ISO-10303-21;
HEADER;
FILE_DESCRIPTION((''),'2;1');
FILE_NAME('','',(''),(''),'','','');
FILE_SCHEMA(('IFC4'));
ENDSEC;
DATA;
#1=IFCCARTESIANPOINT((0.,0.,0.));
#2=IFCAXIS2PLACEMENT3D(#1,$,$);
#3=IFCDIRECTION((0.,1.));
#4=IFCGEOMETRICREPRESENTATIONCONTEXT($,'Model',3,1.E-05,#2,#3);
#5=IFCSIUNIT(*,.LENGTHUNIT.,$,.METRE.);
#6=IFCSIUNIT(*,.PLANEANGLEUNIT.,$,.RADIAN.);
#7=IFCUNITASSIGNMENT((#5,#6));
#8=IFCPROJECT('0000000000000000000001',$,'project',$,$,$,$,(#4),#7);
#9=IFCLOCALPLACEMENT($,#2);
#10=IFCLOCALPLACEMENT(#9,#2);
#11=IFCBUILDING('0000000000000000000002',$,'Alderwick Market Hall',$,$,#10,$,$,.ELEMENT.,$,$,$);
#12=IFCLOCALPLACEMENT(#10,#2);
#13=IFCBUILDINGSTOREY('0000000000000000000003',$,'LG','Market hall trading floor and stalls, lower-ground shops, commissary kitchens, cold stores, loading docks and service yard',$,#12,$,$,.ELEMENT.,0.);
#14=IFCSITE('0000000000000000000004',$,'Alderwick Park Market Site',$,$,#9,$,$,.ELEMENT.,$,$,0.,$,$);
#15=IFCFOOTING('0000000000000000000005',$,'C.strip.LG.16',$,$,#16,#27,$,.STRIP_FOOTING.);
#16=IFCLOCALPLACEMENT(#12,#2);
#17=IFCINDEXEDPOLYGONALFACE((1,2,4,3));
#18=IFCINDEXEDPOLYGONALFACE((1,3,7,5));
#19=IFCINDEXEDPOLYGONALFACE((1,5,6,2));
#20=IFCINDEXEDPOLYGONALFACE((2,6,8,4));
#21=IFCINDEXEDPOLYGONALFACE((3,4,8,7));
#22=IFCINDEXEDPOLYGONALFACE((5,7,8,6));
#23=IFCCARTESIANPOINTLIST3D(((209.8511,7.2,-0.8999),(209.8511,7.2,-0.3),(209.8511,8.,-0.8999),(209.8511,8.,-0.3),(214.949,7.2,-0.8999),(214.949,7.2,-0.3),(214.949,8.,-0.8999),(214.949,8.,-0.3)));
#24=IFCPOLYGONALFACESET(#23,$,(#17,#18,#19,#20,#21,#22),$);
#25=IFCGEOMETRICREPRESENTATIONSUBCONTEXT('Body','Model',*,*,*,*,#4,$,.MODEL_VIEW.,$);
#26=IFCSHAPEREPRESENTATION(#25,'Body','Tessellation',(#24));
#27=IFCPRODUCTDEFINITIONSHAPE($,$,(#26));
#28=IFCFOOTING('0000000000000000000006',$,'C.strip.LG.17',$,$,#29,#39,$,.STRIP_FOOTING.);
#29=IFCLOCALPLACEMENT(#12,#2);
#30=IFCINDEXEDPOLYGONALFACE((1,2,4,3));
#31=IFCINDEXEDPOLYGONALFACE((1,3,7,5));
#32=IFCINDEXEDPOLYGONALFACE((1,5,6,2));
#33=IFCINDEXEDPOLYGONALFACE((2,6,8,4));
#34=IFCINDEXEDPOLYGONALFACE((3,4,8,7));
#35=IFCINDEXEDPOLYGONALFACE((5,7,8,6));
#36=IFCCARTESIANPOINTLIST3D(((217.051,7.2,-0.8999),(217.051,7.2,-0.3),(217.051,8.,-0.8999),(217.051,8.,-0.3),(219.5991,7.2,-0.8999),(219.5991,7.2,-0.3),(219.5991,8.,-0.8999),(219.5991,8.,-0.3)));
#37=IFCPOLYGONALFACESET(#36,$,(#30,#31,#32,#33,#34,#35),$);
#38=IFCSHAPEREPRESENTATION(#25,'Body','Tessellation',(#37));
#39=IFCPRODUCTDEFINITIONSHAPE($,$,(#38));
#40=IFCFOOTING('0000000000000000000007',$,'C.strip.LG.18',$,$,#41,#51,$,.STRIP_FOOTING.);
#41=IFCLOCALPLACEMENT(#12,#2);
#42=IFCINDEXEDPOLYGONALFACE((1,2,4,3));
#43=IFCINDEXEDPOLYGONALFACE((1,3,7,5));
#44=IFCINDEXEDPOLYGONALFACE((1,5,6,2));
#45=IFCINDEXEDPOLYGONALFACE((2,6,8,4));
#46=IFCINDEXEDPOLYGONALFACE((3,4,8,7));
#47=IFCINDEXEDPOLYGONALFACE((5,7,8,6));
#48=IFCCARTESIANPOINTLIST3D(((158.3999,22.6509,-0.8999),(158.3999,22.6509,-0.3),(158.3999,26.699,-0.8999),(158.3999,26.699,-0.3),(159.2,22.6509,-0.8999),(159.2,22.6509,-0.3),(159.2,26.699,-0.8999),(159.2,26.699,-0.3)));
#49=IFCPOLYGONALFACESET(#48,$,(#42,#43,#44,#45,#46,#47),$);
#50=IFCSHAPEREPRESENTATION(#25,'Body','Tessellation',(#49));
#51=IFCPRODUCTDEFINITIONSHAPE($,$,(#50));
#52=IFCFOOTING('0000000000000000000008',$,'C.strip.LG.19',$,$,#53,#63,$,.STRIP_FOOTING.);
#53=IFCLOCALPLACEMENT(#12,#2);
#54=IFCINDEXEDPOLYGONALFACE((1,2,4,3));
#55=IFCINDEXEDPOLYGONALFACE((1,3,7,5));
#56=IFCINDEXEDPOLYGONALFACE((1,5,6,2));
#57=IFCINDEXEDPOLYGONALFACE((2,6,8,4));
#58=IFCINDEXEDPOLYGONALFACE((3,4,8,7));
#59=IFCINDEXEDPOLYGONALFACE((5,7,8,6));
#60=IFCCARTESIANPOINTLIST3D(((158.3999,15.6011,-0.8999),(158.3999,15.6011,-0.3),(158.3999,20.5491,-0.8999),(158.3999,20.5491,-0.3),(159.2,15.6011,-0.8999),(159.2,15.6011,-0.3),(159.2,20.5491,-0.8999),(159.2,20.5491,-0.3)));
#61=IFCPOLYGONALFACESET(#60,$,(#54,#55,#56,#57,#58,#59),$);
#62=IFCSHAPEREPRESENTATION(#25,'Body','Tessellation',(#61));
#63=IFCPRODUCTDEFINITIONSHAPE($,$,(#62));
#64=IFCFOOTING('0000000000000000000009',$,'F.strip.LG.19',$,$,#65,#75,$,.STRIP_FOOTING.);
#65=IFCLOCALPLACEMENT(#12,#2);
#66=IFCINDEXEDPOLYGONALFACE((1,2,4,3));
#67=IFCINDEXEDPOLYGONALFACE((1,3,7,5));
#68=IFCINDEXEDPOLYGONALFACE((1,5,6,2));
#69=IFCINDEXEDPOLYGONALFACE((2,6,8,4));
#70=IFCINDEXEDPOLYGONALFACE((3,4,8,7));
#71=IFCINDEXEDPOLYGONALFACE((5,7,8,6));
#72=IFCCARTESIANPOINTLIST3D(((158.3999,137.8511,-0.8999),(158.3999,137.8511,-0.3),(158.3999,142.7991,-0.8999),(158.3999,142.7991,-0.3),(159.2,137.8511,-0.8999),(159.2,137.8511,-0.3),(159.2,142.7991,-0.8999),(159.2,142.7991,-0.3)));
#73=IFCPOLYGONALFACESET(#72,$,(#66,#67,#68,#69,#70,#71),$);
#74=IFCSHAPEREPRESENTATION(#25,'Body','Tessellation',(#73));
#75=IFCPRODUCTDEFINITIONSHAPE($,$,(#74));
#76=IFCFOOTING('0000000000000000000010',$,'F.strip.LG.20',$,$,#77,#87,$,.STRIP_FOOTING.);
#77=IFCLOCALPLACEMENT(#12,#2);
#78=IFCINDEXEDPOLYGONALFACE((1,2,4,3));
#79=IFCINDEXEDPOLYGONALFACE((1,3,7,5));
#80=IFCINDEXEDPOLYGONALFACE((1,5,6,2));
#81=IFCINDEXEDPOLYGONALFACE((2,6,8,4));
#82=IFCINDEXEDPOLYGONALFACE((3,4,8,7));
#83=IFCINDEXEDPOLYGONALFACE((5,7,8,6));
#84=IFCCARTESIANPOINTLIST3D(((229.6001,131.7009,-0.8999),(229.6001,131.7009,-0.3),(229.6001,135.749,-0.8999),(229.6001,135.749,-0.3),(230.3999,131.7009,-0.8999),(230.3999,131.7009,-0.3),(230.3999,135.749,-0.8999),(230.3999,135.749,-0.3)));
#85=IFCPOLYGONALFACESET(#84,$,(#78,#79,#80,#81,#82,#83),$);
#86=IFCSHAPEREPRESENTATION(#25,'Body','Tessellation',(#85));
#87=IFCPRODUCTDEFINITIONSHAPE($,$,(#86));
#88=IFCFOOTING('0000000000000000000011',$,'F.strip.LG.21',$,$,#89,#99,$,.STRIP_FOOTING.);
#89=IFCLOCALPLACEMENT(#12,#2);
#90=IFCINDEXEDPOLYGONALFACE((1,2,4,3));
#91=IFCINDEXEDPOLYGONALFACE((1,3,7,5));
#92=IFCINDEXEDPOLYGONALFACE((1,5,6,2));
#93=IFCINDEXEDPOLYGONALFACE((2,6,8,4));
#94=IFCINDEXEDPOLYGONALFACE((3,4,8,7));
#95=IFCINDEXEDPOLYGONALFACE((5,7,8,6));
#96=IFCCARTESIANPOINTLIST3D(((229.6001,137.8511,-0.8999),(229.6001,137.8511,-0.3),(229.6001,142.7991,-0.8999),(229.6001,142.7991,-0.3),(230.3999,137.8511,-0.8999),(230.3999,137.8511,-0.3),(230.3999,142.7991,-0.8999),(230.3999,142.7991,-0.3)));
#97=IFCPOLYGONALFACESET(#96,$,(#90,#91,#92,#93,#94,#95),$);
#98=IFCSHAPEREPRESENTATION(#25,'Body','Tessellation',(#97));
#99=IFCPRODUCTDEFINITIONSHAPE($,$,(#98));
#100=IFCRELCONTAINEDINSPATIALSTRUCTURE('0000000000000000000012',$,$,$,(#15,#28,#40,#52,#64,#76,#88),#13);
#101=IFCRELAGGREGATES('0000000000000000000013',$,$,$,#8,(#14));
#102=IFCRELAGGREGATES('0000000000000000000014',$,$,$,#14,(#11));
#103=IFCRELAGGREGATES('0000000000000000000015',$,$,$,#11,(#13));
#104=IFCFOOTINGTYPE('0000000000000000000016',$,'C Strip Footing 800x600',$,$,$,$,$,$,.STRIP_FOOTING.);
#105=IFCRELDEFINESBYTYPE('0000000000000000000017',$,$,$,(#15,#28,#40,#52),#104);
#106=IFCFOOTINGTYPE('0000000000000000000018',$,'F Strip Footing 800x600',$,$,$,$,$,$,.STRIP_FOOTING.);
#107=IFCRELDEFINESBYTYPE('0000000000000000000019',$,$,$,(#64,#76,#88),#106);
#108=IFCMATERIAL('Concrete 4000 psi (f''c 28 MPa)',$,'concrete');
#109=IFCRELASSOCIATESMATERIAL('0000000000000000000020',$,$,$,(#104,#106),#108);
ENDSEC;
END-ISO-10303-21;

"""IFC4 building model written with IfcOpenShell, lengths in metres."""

from ifc_helpers import new_model, si_unit, direction, frame, origin, place, context, subcontext, project, spatial, polyline, outline, extrude, material, type_object, element, save


model = new_model("IFC4")

# Units and contexts
model_context = context("Model", 3, precision=1e-05, world=origin(), true_north=direction((0.0, 1.0)))
body_context = subcontext(model_context, "Body", "Model", "MODEL_VIEW")
ifc_project = project(units=[si_unit("LENGTHUNIT", "METRE"), si_unit("PLANEANGLEUNIT", "RADIAN")], contexts=[model_context])

# Site, building, storey
site_placement = place(None, origin())
site = spatial("IfcSite", under=ifc_project, at=site_placement, Name="Alderwick Park Market Site", CompositionType="ELEMENT", RefElevation=0.0)
building_placement = place(site_placement, origin())
building = spatial("IfcBuilding", under=site, at=building_placement, Name="Alderwick Market Hall", CompositionType="ELEMENT")
storey_placement = place(building_placement, origin())
storey = spatial("IfcBuildingStorey", under=building, at=storey_placement, Name="LG", Description="Market hall trading floor and stalls, lower-ground shops, commissary kitchens, cold stores, loading docks and service yard", CompositionType="ELEMENT", Elevation=0.0)

# Footings
ifc_material = material(Name="Concrete 4000 psi (f'c 28 MPa)", Category="concrete")
footing_type_1 = type_object("IfcFootingType", Name="C Strip Footing 800x600", PredefinedType="STRIP_FOOTING", material=ifc_material)
footing_1_placement = place(storey_placement, frame((0.0, 0.0, -0.8999)))
element("IfcFooting", 1, at=footing_1_placement, inside=storey, type_object=footing_type_1, Name="C.strip.LG.16", PredefinedType="STRIP_FOOTING", context=body_context, shape_type="SweptSolid", body=[
    extrude(outline(polyline([(209.8511, 7.2), (214.949, 7.2), (214.949, 8.0), (209.8511, 8.0), (209.8511, 7.2)])), origin(), (0.0, 0.0, 1.0), 0.5999),
])
footing_2_placement = place(storey_placement, frame((0.0, 0.0, -0.8999)))
element("IfcFooting", 2, at=footing_2_placement, inside=storey, type_object=footing_type_1, Name="C.strip.LG.17", PredefinedType="STRIP_FOOTING", context=body_context, shape_type="SweptSolid", body=[
    extrude(outline(polyline([(217.051, 7.2), (219.5991, 7.2), (219.5991, 8.0), (217.051, 8.0), (217.051, 7.2)])), origin(), (0.0, 0.0, 1.0), 0.5999),
])
footing_3_placement = place(storey_placement, frame((0.0, 0.0, -0.8999)))
element("IfcFooting", 3, at=footing_3_placement, inside=storey, type_object=footing_type_1, Name="C.strip.LG.18", PredefinedType="STRIP_FOOTING", context=body_context, shape_type="SweptSolid", body=[
    extrude(outline(polyline([(158.3999, 22.6509), (159.2, 22.6509), (159.2, 26.699), (158.3999, 26.699), (158.3999, 22.6509)])), origin(), (0.0, 0.0, 1.0), 0.5999),
])
footing_4_placement = place(storey_placement, frame((0.0, 0.0, -0.8999)))
element("IfcFooting", 4, at=footing_4_placement, inside=storey, type_object=footing_type_1, Name="C.strip.LG.19", PredefinedType="STRIP_FOOTING", context=body_context, shape_type="SweptSolid", body=[
    extrude(outline(polyline([(158.3999, 15.6011), (159.2, 15.6011), (159.2, 20.5491), (158.3999, 20.5491), (158.3999, 15.6011)])), origin(), (0.0, 0.0, 1.0), 0.5999),
])
footing_type_2 = type_object("IfcFootingType", Name="F Strip Footing 800x600", PredefinedType="STRIP_FOOTING", material=ifc_material)
footing_5_placement = place(storey_placement, frame((0.0, 0.0, -0.8999)))
element("IfcFooting", 5, at=footing_5_placement, inside=storey, type_object=footing_type_2, Name="F.strip.LG.19", PredefinedType="STRIP_FOOTING", context=body_context, shape_type="SweptSolid", body=[
    extrude(outline(polyline([(158.3999, 137.8511), (159.2, 137.8511), (159.2, 142.7991), (158.3999, 142.7991), (158.3999, 137.8511)])), origin(), (0.0, 0.0, 1.0), 0.5999),
])
footing_6_placement = place(storey_placement, frame((0.0, 0.0, -0.8999)))
element("IfcFooting", 6, at=footing_6_placement, inside=storey, type_object=footing_type_2, Name="F.strip.LG.20", PredefinedType="STRIP_FOOTING", context=body_context, shape_type="SweptSolid", body=[
    extrude(outline(polyline([(229.6001, 131.7009), (230.3999, 131.7009), (230.3999, 135.749), (229.6001, 135.749), (229.6001, 131.7009)])), origin(), (0.0, 0.0, 1.0), 0.5999),
])
footing_7_placement = place(storey_placement, frame((0.0, 0.0, -0.8999)))
element("IfcFooting", 7, at=footing_7_placement, inside=storey, type_object=footing_type_2, Name="F.strip.LG.21", PredefinedType="STRIP_FOOTING", context=body_context, shape_type="SweptSolid", body=[
    extrude(outline(polyline([(229.6001, 137.8511), (230.3999, 137.8511), (230.3999, 142.7991), (229.6001, 142.7991), (229.6001, 137.8511)])), origin(), (0.0, 0.0, 1.0), 0.5999),
])

save(model, "model.ifc")
